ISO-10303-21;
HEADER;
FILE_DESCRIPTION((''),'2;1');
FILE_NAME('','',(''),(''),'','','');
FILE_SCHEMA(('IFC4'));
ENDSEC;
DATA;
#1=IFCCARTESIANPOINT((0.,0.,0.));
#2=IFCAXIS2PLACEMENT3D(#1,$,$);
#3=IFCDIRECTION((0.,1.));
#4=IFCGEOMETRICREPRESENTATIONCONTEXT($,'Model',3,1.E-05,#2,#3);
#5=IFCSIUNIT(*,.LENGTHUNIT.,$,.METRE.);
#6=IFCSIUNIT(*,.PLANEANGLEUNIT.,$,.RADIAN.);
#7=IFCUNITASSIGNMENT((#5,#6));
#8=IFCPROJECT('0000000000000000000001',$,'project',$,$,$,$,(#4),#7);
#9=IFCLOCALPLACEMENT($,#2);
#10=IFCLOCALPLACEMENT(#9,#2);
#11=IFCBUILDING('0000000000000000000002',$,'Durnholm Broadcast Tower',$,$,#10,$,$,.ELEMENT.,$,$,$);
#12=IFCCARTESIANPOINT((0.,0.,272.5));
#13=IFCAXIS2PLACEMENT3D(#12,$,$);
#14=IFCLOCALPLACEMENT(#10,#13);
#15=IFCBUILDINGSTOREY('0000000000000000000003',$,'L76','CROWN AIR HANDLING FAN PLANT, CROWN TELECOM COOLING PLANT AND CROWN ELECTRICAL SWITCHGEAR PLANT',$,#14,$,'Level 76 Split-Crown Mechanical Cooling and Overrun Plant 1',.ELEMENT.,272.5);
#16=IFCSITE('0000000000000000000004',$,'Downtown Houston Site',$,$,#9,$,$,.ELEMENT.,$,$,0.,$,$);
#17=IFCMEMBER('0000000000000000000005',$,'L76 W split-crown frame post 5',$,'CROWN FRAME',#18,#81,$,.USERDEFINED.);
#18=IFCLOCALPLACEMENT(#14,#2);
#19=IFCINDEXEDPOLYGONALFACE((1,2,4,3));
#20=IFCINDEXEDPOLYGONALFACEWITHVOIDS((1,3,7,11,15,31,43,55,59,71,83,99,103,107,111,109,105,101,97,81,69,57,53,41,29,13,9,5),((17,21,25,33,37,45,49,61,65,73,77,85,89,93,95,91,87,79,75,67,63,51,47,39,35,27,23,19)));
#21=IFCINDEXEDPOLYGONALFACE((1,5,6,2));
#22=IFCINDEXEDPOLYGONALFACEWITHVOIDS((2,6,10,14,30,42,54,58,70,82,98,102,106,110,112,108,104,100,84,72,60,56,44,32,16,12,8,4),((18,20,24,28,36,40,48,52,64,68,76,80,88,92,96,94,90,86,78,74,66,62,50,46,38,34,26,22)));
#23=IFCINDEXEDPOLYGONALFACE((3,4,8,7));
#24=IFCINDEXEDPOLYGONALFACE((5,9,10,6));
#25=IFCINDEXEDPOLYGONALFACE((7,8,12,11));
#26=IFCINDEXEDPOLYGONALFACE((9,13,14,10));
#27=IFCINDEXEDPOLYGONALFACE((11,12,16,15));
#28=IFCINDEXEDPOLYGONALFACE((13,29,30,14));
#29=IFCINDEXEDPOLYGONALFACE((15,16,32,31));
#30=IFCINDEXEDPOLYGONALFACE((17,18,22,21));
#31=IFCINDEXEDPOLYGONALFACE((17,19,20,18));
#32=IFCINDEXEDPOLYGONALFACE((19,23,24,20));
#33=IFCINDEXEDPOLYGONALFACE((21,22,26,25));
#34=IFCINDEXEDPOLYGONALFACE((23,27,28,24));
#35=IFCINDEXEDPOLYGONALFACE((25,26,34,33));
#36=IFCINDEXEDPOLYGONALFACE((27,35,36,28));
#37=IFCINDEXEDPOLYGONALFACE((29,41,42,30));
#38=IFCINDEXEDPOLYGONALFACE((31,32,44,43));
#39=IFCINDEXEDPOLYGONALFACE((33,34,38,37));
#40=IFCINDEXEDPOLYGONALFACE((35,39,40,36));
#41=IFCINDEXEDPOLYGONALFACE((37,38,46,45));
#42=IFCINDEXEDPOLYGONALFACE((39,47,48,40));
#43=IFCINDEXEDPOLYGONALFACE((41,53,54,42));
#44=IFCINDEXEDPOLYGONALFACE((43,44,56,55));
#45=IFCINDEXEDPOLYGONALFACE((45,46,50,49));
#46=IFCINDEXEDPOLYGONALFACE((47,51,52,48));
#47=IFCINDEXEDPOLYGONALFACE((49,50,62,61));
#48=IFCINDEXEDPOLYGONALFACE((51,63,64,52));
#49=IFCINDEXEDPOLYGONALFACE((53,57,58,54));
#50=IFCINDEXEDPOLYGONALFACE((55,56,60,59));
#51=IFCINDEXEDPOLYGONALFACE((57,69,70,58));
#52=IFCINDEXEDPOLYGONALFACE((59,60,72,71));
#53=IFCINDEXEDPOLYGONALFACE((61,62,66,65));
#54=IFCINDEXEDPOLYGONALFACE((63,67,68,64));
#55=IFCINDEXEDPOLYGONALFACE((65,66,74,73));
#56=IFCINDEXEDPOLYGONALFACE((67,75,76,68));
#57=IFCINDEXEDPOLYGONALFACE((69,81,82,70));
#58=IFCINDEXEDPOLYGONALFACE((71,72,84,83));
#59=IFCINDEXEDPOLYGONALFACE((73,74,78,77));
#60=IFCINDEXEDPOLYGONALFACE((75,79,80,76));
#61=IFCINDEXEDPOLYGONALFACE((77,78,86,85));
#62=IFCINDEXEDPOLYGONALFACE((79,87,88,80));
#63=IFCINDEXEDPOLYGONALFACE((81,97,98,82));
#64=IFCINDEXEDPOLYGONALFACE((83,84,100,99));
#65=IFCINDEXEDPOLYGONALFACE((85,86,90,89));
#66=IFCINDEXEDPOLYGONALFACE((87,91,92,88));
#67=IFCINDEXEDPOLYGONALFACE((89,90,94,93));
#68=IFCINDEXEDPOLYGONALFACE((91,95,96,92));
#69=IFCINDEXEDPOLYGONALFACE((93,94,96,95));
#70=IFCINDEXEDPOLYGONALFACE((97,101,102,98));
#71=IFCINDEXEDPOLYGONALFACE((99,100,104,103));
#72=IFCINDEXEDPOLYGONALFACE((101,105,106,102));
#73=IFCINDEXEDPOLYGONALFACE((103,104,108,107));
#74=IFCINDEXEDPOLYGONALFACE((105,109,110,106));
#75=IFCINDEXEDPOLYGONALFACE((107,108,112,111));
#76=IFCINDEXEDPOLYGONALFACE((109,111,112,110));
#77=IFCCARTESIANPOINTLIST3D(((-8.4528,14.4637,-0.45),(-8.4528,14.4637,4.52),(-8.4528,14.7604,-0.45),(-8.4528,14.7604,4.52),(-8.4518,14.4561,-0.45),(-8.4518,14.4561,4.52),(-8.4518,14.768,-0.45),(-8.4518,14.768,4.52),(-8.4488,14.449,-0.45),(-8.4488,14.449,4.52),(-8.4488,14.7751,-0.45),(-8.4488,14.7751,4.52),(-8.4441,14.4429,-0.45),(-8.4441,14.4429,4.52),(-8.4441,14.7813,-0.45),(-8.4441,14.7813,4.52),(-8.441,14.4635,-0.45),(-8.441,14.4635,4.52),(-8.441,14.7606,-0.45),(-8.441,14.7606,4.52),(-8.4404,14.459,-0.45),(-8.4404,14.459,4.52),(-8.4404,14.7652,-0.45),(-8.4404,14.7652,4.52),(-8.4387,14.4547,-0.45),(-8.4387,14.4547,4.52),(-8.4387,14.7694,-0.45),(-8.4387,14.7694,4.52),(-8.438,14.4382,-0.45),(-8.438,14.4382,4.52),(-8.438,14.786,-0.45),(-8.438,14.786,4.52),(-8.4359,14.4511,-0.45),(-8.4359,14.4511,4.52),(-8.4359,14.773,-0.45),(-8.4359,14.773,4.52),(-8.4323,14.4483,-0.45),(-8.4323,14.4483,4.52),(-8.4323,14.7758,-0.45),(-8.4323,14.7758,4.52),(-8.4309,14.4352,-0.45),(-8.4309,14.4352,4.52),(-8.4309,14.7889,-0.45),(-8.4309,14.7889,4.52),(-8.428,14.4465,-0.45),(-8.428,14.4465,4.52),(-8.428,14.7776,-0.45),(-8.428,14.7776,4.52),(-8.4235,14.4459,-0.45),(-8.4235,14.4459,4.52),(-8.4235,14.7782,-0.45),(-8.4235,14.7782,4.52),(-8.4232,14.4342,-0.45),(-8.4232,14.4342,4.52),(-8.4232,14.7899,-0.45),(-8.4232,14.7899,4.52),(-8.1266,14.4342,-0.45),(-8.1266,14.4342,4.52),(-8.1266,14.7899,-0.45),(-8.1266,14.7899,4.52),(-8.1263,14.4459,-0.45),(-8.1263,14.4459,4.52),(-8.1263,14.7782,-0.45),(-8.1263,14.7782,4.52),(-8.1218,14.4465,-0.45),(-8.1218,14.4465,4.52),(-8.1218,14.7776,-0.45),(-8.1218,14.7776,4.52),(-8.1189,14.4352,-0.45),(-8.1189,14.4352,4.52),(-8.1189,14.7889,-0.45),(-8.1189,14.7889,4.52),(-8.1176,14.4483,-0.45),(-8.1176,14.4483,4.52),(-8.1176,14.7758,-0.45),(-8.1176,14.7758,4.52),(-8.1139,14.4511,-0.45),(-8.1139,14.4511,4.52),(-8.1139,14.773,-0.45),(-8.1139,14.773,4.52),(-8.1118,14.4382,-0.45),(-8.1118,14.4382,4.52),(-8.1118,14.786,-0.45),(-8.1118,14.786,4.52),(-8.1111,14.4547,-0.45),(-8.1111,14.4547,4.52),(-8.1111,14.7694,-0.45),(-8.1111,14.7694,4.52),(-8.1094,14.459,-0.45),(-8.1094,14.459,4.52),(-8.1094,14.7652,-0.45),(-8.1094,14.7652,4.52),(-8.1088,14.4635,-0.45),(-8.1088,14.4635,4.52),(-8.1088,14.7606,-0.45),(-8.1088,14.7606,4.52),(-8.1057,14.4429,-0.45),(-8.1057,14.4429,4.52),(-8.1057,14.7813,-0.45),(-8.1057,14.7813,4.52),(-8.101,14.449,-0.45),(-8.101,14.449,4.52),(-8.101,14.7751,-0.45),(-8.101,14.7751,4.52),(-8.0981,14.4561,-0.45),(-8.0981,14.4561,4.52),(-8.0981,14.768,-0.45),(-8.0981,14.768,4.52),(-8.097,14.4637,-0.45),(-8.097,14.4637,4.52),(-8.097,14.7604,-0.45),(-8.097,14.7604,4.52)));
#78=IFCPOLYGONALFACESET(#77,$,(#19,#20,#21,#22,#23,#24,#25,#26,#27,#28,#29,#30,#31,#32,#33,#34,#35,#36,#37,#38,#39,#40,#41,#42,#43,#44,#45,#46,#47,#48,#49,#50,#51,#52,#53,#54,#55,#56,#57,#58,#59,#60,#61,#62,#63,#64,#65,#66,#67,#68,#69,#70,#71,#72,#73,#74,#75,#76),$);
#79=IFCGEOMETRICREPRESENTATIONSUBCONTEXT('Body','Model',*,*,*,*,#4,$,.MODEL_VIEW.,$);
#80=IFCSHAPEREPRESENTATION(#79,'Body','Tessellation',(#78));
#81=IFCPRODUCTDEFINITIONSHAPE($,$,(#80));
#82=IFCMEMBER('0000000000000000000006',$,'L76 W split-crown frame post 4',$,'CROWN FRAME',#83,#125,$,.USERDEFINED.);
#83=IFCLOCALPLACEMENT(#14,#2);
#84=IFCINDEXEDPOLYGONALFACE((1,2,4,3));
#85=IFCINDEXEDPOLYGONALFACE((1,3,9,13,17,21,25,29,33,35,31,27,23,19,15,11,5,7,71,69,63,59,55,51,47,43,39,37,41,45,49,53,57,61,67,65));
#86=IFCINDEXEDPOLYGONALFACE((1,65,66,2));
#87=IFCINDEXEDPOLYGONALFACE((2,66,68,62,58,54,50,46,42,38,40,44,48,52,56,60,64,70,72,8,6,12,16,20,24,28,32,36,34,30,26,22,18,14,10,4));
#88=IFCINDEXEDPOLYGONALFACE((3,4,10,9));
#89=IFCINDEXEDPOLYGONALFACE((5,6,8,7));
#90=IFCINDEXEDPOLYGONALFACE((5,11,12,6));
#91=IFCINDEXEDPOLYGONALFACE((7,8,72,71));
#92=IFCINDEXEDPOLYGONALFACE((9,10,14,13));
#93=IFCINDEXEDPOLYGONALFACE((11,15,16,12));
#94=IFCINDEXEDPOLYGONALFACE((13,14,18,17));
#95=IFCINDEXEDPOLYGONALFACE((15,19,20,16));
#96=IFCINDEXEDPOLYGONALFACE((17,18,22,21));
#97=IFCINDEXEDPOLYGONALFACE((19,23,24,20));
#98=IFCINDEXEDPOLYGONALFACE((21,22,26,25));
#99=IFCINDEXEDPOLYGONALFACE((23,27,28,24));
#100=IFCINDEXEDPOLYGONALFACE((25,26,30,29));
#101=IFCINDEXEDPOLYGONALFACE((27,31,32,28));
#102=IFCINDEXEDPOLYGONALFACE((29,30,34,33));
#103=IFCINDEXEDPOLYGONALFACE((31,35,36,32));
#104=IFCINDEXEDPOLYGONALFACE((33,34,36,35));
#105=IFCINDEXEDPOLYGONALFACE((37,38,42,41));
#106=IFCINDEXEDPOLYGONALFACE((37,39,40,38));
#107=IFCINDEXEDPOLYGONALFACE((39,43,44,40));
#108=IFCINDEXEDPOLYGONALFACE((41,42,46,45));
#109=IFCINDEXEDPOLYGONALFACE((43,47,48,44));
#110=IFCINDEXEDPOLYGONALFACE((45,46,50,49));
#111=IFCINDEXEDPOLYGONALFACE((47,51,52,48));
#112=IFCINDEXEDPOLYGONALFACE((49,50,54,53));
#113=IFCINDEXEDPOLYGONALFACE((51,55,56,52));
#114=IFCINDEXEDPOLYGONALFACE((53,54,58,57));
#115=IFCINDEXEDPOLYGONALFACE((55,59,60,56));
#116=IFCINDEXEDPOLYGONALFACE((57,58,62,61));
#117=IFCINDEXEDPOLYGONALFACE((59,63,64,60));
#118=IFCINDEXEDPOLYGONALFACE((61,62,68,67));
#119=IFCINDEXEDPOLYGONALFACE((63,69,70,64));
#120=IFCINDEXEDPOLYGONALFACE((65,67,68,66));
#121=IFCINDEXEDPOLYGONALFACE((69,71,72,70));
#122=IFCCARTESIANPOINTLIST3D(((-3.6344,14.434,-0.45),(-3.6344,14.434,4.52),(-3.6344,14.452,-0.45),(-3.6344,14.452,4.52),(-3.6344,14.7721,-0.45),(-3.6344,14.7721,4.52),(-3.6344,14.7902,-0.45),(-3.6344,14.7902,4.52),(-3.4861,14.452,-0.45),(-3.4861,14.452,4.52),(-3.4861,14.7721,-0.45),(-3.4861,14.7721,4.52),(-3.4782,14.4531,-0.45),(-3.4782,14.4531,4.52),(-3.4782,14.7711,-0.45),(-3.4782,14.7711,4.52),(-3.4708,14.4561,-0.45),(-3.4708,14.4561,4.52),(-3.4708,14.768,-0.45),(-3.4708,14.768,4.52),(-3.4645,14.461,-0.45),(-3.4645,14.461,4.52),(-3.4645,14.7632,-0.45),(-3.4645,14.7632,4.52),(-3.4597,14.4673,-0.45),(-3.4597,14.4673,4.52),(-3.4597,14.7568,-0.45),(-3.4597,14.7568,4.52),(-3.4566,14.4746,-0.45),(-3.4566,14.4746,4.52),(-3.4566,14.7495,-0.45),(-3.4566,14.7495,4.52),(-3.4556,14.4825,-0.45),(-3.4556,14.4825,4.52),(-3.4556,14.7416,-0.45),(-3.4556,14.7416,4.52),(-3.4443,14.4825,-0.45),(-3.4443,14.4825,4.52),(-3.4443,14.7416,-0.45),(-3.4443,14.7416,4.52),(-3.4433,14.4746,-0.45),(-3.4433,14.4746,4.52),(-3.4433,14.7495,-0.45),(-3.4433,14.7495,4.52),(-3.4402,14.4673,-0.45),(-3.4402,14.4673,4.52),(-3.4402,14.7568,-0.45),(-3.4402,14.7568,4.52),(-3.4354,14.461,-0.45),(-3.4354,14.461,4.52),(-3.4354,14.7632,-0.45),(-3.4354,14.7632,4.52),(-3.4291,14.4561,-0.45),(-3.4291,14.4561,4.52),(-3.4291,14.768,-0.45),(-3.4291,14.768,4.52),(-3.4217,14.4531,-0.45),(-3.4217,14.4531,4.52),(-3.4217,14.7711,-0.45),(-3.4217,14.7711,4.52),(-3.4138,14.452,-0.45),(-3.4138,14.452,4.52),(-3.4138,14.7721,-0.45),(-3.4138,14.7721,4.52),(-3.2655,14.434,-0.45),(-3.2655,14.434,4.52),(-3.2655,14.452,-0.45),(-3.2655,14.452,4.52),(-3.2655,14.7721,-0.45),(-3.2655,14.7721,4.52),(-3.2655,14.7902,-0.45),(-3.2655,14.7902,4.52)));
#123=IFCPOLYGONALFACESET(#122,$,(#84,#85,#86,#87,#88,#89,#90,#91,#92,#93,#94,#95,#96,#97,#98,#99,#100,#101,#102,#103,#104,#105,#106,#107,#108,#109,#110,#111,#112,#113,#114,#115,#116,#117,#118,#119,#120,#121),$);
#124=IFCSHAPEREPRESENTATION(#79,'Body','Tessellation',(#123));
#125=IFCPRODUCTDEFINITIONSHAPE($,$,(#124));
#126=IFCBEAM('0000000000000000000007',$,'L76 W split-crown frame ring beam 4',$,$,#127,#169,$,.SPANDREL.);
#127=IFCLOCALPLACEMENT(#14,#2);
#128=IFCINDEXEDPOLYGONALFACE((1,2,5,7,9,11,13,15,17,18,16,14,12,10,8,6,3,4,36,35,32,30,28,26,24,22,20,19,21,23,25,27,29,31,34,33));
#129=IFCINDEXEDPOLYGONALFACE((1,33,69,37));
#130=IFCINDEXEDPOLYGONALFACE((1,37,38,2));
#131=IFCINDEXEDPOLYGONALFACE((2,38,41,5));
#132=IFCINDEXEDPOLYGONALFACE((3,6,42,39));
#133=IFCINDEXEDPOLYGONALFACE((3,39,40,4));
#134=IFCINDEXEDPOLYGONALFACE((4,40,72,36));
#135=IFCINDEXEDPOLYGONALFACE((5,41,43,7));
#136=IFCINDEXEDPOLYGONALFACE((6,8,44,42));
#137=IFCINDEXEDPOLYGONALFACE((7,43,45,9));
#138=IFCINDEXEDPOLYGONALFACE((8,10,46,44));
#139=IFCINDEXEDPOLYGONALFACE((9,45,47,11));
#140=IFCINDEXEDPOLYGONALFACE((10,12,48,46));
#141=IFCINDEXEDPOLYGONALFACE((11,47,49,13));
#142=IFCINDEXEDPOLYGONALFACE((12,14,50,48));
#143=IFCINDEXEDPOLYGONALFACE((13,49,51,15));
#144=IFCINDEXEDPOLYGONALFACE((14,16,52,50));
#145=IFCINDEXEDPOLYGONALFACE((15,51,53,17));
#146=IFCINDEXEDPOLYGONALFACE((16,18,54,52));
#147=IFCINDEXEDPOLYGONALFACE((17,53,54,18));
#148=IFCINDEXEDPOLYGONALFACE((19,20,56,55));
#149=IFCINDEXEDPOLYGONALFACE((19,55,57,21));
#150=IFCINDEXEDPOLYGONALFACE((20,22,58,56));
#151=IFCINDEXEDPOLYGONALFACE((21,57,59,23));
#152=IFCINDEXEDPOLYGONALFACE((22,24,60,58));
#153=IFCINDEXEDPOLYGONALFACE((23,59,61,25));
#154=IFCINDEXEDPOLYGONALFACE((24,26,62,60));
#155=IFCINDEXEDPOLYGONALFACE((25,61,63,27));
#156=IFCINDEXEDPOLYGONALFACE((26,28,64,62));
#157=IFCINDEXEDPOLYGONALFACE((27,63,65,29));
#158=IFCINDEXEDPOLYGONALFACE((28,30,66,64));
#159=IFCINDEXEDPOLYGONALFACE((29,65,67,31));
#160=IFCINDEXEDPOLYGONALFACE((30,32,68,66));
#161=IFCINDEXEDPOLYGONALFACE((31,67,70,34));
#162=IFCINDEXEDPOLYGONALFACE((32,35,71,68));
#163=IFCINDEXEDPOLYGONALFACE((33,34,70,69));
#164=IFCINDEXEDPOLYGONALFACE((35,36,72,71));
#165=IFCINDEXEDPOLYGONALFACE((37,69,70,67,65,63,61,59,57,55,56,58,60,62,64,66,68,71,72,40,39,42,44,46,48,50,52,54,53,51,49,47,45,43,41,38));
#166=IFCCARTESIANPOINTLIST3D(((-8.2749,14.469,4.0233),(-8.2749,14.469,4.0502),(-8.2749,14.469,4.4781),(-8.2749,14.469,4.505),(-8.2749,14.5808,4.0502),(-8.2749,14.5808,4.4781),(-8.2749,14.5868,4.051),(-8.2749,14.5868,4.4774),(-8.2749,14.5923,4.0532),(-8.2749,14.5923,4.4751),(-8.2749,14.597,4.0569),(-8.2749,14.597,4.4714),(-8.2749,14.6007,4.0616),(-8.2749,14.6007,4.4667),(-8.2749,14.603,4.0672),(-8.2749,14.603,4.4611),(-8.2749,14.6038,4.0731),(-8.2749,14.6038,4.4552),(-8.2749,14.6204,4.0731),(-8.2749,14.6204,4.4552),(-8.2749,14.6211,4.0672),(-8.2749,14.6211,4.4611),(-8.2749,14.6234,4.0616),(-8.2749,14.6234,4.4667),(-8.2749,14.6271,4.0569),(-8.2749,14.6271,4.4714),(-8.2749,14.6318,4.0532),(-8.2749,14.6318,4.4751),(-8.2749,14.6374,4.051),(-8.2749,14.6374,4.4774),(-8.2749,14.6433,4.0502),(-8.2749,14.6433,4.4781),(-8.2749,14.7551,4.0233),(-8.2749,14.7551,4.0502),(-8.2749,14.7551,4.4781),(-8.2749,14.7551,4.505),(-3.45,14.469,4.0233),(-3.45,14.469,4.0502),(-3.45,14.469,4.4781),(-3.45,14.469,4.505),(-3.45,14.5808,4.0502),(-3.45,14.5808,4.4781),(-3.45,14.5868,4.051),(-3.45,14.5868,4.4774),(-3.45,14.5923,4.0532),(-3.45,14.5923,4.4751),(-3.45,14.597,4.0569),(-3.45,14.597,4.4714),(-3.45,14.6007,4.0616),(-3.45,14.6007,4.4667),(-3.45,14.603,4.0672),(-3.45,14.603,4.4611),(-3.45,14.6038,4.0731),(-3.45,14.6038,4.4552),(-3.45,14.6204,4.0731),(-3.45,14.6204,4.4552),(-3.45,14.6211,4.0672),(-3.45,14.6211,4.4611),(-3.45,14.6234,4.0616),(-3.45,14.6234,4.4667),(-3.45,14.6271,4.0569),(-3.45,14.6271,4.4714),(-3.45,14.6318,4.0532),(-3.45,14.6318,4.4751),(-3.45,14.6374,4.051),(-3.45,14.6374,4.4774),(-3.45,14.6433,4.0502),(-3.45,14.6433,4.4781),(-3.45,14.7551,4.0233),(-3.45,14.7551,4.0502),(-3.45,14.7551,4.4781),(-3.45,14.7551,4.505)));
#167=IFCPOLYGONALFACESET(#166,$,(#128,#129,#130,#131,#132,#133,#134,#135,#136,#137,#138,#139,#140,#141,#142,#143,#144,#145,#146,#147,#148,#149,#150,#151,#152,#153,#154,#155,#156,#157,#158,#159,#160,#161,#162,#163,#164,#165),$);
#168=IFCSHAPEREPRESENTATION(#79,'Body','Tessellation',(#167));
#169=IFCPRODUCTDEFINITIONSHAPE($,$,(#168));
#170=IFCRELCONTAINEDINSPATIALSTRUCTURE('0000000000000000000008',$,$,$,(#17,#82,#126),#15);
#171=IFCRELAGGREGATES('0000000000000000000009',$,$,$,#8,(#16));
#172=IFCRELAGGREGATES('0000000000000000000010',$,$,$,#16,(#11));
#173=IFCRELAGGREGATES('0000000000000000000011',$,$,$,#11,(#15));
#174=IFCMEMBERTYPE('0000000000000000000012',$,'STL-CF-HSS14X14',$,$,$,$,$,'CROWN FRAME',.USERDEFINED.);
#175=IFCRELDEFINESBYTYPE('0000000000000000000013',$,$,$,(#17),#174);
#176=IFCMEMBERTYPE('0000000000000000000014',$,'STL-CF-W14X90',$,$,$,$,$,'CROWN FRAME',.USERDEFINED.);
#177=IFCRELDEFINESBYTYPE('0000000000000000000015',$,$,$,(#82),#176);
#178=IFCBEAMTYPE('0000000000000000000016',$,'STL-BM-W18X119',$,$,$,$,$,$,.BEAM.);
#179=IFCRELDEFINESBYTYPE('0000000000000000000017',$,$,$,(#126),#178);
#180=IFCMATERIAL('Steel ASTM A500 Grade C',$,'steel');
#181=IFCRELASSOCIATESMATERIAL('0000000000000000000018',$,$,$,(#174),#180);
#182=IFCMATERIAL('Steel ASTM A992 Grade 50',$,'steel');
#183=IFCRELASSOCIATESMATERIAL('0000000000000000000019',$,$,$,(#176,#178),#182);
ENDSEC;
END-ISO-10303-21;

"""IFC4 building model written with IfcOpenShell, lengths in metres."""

from ifc_helpers import new_model, si_unit, direction, frame, origin, origin_2d, place, context, subcontext, project, spatial, hollow_rectangle, i_section, extrude, source, transform, mapped, material, material_profile, profile_set, type_object, type_shapes, element, save


model = new_model("IFC4")

# Units and contexts
model_context = context("Model", 3, precision=1e-05, world=origin(), true_north=direction((0.0, 1.0)))
body_context = subcontext(model_context, "Body", "Model", "MODEL_VIEW")
ifc_project = project(units=[si_unit("LENGTHUNIT", "METRE"), si_unit("PLANEANGLEUNIT", "RADIAN")], contexts=[model_context])

# Site, building, storey
site_placement = place(None, origin())
site = spatial("IfcSite", under=ifc_project, at=site_placement, Name="Downtown Houston Site", CompositionType="ELEMENT", RefElevation=0.0)
building_placement = place(site_placement, origin())
building = spatial("IfcBuilding", under=site, at=building_placement, Name="Durnholm Broadcast Tower", CompositionType="ELEMENT")
storey_placement = place(building_placement, frame((0.0, 0.0, 272.5)))
storey = spatial("IfcBuildingStorey", under=building, at=storey_placement, Name="L76", Description="CROWN AIR HANDLING FAN PLANT, CROWN TELECOM COOLING PLANT AND CROWN ELECTRICAL SWITCHGEAR PLANT", LongName="Level 76 Split-Crown Mechanical Cooling and Overrun Plant 1", CompositionType="ELEMENT", Elevation=272.5)

# Shared definitions
ifc_material_1 = material(Name="Steel ASTM A500 Grade C", Category="steel")

# Shared definitions
ifc_material_2 = material(Name="Steel ASTM A992 Grade 50", Category="steel")

# Members
ifc_material_profile_1 = material_profile(ifc_material_1, hollow_rectangle(XDim=0.3557, YDim=0.3557, WallThickness=0.0117, InnerFilletRadius=0.0176, OuterFilletRadius=0.0295, at=origin_2d()), Name="HSS14X14X1/2")
ifc_profile_set_1 = profile_set([ifc_material_profile_1], Name="Steel ASTM A500 Grade C")
member_type_1 = type_object("IfcMemberType", Name="STL-CF-HSS14X14", ElementType="CROWN FRAME", PredefinedType="USERDEFINED", material=ifc_profile_set_1)
shared_shape_1 = source(origin(), body_context, "Body", "SweptSolid", [
    extrude(hollow_rectangle(XDim=0.3557, YDim=0.3557, WallThickness=0.0117, InnerFilletRadius=0.0176, OuterFilletRadius=0.0295, at=origin_2d()), origin(), (0.0, 0.0, 1.0), 4.97),
])
type_shapes(member_type_1, [shared_shape_1])
member_1_placement = place(storey_placement, frame((-8.2749, 14.6121, -0.45), z_axis=(0.0, 0.0, 1.0), x_axis=(1.0, 0.0, 0.0)))
element("IfcMember", 1, at=member_1_placement, inside=storey, type_object=member_type_1, Name="L76 W split-crown frame post 5", ObjectType="CROWN FRAME", PredefinedType="USERDEFINED", context=body_context, shape_type="MappedRepresentation", body=[
    mapped(shared_shape_1, transform((0.0, 0.0, 0.0), x_axis=(1.0, 0.0, 0.0), y_axis=(0.0, 1.0, 0.0), z_axis=(0.0, 0.0, 1.0), scale=1.0)),
])
ifc_material_profile_2 = material_profile(ifc_material_2, i_section(OverallWidth=0.3689, OverallDepth=0.3562, WebThickness=0.0112, FlangeThickness=0.0181, FilletRadius=0.0305, at=origin_2d()), Name="W14X90")
ifc_profile_set_2 = profile_set([ifc_material_profile_2], Name="Steel ASTM A992 Grade 50")
member_type_2 = type_object("IfcMemberType", Name="STL-CF-W14X90", ElementType="CROWN FRAME", PredefinedType="USERDEFINED", material=ifc_profile_set_2)
shared_shape_2 = source(origin(), body_context, "Body", "SweptSolid", [
    extrude(i_section(OverallWidth=0.3689, OverallDepth=0.3562, WebThickness=0.0112, FlangeThickness=0.0181, FilletRadius=0.0305, at=origin_2d()), origin(), (0.0, 0.0, 1.0), 4.97),
])
type_shapes(member_type_2, [shared_shape_2])
member_2_placement = place(storey_placement, frame((-3.45, 14.6121, -0.45), z_axis=(0.0, 0.0, 1.0), x_axis=(1.0, 0.0, 0.0)))
element("IfcMember", 2, at=member_2_placement, inside=storey, type_object=member_type_2, Name="L76 W split-crown frame post 4", ObjectType="CROWN FRAME", PredefinedType="USERDEFINED", context=body_context, shape_type="MappedRepresentation", body=[
    mapped(shared_shape_2, transform((0.0, 0.0, 0.0), x_axis=(1.0, 0.0, 0.0), y_axis=(0.0, 1.0, 0.0), z_axis=(0.0, 0.0, 1.0), scale=1.0)),
])

# Beam
ifc_material_profile_3 = material_profile(ifc_material_2, i_section(OverallWidth=0.2861, OverallDepth=0.4817, WebThickness=0.0166, FlangeThickness=0.0269, FilletRadius=0.0229, at=origin_2d()), Name="W18X119")
ifc_profile_set_3 = profile_set([ifc_material_profile_3], Name="Steel ASTM A992 Grade 50")
beam_type_1 = type_object("IfcBeamType", Name="STL-BM-W18X119", PredefinedType="BEAM", material=ifc_profile_set_3)
shared_shape_3 = source(origin(), body_context, "Body", "SweptSolid", [
    extrude(i_section(OverallWidth=0.2861, OverallDepth=0.4817, WebThickness=0.0166, FlangeThickness=0.0269, FilletRadius=0.0229, at=origin_2d()), origin(), (0.0, 0.0, 1.0), 4.825),
])
beam_1_placement = place(storey_placement, frame((-3.45, 14.6121, 4.2642), z_axis=(-1.0, 0.0, 0.0), x_axis=(0.0, -1.0, 0.0)))
element("IfcBeam", 3, at=beam_1_placement, inside=storey, type_object=beam_type_1, Name="L76 W split-crown frame ring beam 4", PredefinedType="SPANDREL", context=body_context, shape_type="MappedRepresentation", body=[
    mapped(shared_shape_3, transform((0.0, 0.0, 0.0), x_axis=(1.0, 0.0, 0.0), y_axis=(0.0, 1.0, 0.0), z_axis=(0.0, 0.0, 1.0), scale=1.0)),
])

save(model, "model.ifc")
